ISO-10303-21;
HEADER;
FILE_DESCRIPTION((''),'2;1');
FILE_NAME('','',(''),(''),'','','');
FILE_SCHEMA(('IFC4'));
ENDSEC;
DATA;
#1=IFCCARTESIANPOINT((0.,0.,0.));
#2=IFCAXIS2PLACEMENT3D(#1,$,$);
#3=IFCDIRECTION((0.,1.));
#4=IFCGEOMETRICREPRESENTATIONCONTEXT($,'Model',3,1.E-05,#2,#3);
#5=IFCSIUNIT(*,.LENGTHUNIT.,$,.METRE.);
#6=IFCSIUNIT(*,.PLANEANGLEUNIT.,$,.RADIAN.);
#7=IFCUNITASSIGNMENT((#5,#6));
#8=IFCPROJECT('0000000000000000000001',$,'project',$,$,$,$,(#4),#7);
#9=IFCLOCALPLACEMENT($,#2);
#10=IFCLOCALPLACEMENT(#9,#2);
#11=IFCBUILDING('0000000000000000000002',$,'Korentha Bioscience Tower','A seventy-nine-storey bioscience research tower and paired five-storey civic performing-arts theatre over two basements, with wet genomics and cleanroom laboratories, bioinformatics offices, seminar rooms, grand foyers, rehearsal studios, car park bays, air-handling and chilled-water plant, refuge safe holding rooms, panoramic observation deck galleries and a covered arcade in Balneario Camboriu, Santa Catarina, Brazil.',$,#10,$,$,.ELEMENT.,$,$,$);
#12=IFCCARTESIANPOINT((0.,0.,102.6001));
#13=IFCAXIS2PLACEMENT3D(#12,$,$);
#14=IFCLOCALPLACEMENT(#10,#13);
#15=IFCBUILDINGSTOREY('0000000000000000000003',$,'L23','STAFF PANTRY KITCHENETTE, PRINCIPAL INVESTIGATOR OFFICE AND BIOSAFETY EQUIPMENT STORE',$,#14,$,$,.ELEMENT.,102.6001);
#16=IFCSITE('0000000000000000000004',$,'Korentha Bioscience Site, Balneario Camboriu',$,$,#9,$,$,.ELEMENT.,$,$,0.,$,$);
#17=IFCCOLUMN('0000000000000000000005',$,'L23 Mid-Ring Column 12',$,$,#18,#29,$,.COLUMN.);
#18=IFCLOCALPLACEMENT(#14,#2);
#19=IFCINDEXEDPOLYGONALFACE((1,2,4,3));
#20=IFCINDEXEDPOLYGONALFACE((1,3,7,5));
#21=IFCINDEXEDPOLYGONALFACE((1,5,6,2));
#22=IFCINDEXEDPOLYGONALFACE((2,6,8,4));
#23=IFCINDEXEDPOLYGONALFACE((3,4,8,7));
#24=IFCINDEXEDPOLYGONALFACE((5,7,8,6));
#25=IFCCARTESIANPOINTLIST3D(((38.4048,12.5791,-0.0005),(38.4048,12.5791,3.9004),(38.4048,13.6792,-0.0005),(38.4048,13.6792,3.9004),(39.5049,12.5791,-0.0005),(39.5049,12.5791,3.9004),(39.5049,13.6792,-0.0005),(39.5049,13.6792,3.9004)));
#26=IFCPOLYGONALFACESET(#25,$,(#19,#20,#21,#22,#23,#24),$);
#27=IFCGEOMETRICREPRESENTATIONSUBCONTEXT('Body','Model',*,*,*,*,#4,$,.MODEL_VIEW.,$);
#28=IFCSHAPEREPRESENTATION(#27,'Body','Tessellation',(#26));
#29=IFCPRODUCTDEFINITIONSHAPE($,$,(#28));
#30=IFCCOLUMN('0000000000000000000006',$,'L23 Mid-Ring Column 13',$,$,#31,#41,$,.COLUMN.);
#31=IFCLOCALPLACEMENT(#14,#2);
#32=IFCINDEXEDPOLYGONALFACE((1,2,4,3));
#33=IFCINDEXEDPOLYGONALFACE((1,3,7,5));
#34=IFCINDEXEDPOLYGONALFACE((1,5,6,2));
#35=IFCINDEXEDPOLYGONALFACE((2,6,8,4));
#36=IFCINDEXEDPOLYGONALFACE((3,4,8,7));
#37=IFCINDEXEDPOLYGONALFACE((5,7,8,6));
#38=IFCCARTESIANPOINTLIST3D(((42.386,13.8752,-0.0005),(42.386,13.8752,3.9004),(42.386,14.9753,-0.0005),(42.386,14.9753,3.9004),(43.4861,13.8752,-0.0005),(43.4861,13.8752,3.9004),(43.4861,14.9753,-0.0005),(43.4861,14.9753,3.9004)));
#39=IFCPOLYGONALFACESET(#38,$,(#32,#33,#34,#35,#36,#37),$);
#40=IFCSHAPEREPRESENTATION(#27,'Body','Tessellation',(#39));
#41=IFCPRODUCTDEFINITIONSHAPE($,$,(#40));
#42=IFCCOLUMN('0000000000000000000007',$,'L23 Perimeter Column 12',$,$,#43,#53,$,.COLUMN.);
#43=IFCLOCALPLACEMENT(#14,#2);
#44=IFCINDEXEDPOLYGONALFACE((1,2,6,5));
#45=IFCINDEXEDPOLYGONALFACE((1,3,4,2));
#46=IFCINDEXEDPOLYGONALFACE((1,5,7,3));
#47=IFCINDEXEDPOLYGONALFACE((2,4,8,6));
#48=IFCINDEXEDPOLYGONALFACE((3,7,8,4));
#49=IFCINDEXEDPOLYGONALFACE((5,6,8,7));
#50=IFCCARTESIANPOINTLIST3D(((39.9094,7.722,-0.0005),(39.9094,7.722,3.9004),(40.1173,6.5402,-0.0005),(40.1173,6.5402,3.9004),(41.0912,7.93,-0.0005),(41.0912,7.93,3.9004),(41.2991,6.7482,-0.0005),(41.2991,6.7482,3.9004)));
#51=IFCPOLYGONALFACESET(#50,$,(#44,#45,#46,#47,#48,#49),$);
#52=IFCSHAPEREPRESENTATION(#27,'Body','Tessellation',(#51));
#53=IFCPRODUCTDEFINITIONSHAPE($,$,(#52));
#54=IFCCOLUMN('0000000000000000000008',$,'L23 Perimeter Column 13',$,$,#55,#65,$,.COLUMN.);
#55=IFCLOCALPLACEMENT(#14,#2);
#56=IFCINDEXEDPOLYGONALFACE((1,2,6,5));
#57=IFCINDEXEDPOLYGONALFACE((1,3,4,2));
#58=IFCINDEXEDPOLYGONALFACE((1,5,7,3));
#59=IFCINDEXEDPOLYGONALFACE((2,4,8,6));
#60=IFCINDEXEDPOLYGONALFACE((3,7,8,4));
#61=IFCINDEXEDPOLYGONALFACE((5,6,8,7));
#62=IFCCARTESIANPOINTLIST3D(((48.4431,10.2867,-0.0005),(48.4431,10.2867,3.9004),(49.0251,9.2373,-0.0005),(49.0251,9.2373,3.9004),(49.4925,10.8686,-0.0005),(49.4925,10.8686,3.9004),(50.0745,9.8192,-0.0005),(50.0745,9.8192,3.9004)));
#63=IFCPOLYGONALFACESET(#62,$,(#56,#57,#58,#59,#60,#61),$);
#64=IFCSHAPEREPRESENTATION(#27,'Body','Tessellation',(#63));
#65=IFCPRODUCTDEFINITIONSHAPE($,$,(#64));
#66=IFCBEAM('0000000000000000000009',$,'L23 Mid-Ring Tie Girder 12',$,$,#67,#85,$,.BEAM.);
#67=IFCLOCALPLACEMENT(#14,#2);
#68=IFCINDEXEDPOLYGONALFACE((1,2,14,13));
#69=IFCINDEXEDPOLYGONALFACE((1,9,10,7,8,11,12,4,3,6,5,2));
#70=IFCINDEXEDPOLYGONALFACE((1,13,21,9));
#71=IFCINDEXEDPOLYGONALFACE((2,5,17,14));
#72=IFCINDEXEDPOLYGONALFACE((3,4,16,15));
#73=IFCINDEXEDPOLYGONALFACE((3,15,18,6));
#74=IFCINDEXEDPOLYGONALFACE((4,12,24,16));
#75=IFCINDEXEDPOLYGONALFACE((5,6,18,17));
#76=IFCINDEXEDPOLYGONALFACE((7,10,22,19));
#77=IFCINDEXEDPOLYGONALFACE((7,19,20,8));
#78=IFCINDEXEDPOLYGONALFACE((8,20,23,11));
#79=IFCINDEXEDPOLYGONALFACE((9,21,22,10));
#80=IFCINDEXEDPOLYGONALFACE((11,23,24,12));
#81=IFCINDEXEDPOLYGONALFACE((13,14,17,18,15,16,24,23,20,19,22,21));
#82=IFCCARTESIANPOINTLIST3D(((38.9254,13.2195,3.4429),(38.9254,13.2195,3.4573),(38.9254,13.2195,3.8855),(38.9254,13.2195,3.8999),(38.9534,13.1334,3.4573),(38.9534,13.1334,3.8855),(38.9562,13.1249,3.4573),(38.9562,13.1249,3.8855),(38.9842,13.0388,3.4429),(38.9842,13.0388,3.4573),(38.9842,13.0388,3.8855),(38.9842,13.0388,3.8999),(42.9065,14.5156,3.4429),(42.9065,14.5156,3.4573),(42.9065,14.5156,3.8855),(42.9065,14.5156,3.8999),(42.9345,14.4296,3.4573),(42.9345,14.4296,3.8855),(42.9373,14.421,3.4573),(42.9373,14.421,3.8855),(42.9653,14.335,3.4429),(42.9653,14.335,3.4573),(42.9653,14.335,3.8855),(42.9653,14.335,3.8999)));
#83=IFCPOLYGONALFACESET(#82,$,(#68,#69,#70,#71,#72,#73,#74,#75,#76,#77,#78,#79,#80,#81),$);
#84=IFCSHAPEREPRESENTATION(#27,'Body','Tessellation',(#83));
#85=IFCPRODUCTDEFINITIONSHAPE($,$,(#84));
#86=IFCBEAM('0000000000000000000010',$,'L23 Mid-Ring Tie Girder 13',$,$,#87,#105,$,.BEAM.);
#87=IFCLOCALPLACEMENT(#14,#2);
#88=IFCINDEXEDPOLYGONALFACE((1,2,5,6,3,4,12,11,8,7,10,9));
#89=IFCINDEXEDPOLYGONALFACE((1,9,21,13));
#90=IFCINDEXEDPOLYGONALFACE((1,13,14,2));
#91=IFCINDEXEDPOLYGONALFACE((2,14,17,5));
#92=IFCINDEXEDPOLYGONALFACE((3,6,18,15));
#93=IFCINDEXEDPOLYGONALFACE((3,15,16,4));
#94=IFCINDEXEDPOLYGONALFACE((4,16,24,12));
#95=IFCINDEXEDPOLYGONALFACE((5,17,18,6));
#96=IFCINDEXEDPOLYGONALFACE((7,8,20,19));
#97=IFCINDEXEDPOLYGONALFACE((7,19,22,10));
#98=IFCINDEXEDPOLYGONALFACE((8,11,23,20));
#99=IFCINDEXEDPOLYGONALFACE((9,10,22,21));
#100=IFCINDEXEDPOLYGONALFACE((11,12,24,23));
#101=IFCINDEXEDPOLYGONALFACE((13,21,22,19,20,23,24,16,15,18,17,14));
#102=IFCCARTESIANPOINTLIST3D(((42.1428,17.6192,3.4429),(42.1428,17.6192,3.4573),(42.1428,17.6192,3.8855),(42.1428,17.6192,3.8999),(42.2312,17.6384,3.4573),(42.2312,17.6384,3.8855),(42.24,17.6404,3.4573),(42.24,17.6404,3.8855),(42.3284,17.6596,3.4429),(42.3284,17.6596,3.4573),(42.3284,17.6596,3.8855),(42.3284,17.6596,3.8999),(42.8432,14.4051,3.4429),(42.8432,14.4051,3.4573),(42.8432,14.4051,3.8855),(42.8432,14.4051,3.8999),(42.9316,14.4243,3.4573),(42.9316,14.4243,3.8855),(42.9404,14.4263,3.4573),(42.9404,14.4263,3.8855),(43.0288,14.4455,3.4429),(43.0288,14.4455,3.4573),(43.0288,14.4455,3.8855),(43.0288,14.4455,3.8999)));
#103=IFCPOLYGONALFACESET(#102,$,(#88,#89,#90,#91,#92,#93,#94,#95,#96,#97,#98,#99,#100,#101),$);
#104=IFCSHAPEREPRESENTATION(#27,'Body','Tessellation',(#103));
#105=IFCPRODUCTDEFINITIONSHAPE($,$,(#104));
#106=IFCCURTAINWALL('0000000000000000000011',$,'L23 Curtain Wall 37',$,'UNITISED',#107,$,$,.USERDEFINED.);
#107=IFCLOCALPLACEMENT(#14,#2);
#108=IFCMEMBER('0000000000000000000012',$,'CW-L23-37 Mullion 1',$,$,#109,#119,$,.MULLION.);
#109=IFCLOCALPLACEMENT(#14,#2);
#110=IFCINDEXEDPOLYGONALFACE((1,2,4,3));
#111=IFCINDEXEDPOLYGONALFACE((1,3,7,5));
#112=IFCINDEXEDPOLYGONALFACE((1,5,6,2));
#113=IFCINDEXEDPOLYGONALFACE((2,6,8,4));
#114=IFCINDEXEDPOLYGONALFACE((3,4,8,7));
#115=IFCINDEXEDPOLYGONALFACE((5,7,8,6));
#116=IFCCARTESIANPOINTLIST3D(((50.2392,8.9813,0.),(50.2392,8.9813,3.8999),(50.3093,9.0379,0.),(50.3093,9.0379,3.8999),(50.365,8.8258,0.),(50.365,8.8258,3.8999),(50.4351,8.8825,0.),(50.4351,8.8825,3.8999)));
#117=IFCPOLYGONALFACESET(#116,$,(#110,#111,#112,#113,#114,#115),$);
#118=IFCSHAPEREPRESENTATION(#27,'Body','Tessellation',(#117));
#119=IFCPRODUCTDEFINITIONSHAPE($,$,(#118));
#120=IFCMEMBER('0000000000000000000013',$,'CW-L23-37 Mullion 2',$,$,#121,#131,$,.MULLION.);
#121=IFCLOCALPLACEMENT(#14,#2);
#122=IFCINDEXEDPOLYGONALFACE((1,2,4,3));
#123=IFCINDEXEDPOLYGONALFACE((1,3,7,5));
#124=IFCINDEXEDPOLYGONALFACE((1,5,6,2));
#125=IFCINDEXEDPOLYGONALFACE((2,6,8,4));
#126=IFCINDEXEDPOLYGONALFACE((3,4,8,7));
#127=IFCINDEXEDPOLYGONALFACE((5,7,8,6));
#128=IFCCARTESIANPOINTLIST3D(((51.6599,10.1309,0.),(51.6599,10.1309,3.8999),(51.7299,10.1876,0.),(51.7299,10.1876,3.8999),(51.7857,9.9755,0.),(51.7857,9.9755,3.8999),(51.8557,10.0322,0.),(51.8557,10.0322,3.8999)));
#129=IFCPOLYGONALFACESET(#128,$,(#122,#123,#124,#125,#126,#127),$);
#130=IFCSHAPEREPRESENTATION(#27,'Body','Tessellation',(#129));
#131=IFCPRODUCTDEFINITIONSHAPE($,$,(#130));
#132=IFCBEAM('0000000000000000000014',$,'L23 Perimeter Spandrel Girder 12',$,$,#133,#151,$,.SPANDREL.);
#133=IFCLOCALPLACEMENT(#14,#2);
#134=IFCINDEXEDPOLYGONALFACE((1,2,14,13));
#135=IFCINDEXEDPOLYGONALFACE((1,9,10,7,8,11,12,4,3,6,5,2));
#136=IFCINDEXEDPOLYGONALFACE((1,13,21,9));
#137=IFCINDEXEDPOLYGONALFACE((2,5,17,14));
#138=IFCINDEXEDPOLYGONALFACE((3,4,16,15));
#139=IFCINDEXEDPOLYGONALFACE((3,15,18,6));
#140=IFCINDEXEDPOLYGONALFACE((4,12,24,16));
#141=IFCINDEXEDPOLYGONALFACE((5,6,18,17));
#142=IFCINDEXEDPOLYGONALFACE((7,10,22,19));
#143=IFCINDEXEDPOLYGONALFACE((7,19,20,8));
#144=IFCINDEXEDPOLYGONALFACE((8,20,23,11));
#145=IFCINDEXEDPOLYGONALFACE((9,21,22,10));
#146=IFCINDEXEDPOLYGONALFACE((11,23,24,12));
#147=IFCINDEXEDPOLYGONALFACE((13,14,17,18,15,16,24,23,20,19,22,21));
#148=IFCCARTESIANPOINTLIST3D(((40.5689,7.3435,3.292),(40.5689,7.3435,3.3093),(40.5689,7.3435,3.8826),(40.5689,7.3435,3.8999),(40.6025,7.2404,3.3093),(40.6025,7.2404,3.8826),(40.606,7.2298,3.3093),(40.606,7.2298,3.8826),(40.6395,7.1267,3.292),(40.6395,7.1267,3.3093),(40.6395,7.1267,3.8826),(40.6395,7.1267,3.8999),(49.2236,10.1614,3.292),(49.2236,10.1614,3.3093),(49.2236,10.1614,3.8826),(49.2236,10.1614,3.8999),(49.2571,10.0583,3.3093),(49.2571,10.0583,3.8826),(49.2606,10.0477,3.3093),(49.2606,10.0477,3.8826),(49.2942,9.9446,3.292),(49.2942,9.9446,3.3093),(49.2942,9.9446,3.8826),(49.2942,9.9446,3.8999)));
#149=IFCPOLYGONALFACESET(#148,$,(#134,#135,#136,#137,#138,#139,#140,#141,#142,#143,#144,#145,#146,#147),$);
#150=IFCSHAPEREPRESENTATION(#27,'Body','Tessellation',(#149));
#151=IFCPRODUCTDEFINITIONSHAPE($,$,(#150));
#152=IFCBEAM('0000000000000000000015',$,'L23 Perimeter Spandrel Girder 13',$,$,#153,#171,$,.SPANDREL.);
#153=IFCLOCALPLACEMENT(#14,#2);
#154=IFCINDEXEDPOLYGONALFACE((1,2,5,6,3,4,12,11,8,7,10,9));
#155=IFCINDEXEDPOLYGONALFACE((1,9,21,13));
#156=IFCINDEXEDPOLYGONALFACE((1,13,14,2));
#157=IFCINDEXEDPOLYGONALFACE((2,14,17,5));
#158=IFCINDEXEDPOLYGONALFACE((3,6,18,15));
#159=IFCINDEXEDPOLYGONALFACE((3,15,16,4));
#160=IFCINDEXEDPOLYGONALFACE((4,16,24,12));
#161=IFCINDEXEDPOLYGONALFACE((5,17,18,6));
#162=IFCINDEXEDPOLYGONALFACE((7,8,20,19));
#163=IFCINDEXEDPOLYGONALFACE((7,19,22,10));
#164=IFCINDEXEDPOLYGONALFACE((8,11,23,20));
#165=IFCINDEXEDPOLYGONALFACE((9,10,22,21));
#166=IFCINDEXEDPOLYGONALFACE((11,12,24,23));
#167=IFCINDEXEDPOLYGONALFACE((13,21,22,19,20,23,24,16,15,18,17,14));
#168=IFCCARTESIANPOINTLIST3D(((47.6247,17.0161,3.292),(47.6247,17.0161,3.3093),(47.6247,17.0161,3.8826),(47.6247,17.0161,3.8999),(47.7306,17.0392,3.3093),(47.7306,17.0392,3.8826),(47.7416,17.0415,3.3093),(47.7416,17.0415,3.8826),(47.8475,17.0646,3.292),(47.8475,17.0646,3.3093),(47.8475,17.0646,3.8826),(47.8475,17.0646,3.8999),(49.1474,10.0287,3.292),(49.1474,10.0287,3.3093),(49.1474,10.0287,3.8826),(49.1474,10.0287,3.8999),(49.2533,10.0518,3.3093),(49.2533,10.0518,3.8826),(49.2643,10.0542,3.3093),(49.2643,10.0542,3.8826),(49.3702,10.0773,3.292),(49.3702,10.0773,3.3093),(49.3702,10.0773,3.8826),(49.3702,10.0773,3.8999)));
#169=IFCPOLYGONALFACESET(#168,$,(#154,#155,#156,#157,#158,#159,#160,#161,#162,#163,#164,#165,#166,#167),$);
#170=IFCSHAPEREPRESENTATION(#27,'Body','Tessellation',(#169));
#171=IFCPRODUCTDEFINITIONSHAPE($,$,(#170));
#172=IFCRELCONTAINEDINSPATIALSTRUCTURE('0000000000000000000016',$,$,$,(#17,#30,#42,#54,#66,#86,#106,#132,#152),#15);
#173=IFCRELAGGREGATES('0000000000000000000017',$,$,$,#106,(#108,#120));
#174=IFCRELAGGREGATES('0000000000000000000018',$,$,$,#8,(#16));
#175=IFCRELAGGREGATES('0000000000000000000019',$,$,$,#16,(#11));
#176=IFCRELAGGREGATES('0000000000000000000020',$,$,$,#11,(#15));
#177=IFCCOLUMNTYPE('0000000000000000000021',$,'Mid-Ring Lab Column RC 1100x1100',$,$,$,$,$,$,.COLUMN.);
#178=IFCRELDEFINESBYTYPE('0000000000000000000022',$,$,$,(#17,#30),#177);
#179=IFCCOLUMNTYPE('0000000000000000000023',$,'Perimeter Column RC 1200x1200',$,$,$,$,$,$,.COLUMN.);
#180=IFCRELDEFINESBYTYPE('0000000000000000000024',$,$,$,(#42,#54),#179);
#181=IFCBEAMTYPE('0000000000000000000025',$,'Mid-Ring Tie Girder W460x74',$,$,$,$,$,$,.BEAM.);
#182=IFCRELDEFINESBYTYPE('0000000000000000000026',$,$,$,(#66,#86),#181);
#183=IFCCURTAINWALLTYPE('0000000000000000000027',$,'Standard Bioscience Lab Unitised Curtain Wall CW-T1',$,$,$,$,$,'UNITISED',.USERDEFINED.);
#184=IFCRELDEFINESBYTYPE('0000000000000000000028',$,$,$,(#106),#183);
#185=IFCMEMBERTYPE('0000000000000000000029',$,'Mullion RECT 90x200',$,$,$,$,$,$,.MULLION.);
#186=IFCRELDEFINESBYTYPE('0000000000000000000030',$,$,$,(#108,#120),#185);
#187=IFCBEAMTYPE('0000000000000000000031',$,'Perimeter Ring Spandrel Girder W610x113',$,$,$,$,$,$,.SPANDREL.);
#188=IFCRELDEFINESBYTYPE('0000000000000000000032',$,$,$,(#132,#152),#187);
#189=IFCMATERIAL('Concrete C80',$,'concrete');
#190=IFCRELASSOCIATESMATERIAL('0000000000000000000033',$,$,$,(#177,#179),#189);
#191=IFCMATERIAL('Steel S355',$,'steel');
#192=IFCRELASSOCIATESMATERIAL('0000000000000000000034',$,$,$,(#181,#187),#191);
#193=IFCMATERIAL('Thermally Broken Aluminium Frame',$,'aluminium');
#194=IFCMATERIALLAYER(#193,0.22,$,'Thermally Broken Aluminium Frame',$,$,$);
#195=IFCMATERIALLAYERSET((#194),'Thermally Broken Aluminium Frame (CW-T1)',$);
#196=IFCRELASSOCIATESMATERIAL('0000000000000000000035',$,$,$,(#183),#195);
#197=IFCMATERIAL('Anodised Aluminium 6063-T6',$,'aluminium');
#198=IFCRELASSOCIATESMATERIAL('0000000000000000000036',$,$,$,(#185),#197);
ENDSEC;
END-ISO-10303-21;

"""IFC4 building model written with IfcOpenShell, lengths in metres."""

from ifc_helpers import new_model, si_unit, direction, frame, origin, origin_2d, place, context, subcontext, project, spatial, rectangle, i_section, extrude, material, layer, layer_set, material_profile, profile_set, type_object, element, aggregate, save


model = new_model("IFC4")

# Units and contexts
model_context = context("Model", 3, precision=1e-05, world=origin(), true_north=direction((0.0, 1.0)))
body_context = subcontext(model_context, "Body", "Model", "MODEL_VIEW")
ifc_project = project(units=[si_unit("LENGTHUNIT", "METRE"), si_unit("PLANEANGLEUNIT", "RADIAN")], contexts=[model_context])

# Site, building, storey
site_placement = place(None, origin())
site = spatial("IfcSite", under=ifc_project, at=site_placement, Name="Korentha Bioscience Site, Balneario Camboriu", CompositionType="ELEMENT", RefElevation=0.0)
building_placement = place(site_placement, origin())
building = spatial("IfcBuilding", under=site, at=building_placement, Name="Korentha Bioscience Tower", Description="A seventy-nine-storey bioscience research tower and paired five-storey civic performing-arts theatre over two basements, with wet genomics and cleanroom laboratories, bioinformatics offices, seminar rooms, grand foyers, rehearsal studios, car park bays, air-handling and chilled-water plant, refuge safe holding rooms, panoramic observation deck galleries and a covered arcade in Balneario Camboriu, Santa Catarina, Brazil.", CompositionType="ELEMENT")
storey_placement = place(building_placement, frame((0.0, 0.0, 102.6001)))
storey = spatial("IfcBuildingStorey", under=building, at=storey_placement, Name="L23", Description="STAFF PANTRY KITCHENETTE, PRINCIPAL INVESTIGATOR OFFICE AND BIOSAFETY EQUIPMENT STORE", CompositionType="ELEMENT", Elevation=102.6001)

# Columns
ifc_material_1 = material(Name="Concrete C80", Category="concrete")
ifc_material_profile_1 = material_profile(ifc_material_1, rectangle(XDim=1.1001, YDim=1.1001, at=origin_2d()), Name="Concrete C80")
ifc_profile_set_1 = profile_set([ifc_material_profile_1], Name="Concrete C80 (COL-MR11)")
column_type_1 = type_object("IfcColumnType", Name="Mid-Ring Lab Column RC 1100x1100", PredefinedType="COLUMN", material=ifc_profile_set_1)
for number, where, z_axis, x_axis, name in (
    (1, (38.9548, 13.1292, -0.0005), (0.0, 0.0, 1.0), (1.0, 0.0, 0.0), "L23 Mid-Ring Column 12"),
    (2, (42.936, 14.4253, -0.0005), (0.0, 0.0, 1.0), (1.0, 0.0, 0.0), "L23 Mid-Ring Column 13"),
):
    element("IfcColumn", number, at=place(storey_placement, frame(where, z_axis=z_axis, x_axis=x_axis)), inside=storey, type_object=column_type_1, Name=name, PredefinedType="COLUMN", context=body_context, shape_type="SweptSolid", body=[
        extrude(rectangle(XDim=1.1001, YDim=1.1001, at=origin_2d()), origin(), (0.0, 0.0, 1.0), 3.9009),
    ])
ifc_material_profile_2 = material_profile(ifc_material_1, rectangle(XDim=1.2, YDim=1.2, at=origin_2d()), Name="Concrete C80")
ifc_profile_set_2 = profile_set([ifc_material_profile_2], Name="Concrete C80 (COL-P12)")
column_type_2 = type_object("IfcColumnType", Name="Perimeter Column RC 1200x1200", PredefinedType="COLUMN", material=ifc_profile_set_2)
for number, where, z_axis, x_axis, name in (
    (3, (40.6042, 7.2351, -0.0005), (0.0, 0.0, 1.0), (0.984868, 0.173304, 0.0), "L23 Perimeter Column 12"),
    (4, (49.2588, 10.053, -0.0005), (0.0, 0.0, 1.0), (0.874535, 0.484962, 0.0), "L23 Perimeter Column 13"),
):
    element("IfcColumn", number, at=place(storey_placement, frame(where, z_axis=z_axis, x_axis=x_axis)), inside=storey, type_object=column_type_2, Name=name, PredefinedType="COLUMN", context=body_context, shape_type="SweptSolid", body=[
        extrude(rectangle(XDim=1.2, YDim=1.2, at=origin_2d()), origin(), (0.0, 0.0, 1.0), 3.9009),
    ])

# Beams
ifc_material_2 = material(Name="Steel S355", Category="steel")
ifc_material_profile_3 = material_profile(ifc_material_2, i_section(OverallWidth=0.1899, OverallDepth=0.457, WebThickness=0.009, FlangeThickness=0.0144, at=origin_2d()), Name="Steel S355")
ifc_profile_set_3 = profile_set([ifc_material_profile_3], Name="Steel S355 (MB-460)")
beam_type_1 = type_object("IfcBeamType", Name="Mid-Ring Tie Girder W460x74", PredefinedType="BEAM", material=ifc_profile_set_3)
beam_1_placement = place(storey_placement, frame((38.9548, 13.1292, 3.6714), z_axis=(0.950876, 0.309573, 0.0), x_axis=(-0.309573, 0.950876, 0.0)))
element("IfcBeam", 5, at=beam_1_placement, inside=storey, type_object=beam_type_1, Name="L23 Mid-Ring Tie Girder 12", PredefinedType="BEAM", context=body_context, shape_type="SweptSolid", body=[
    extrude(i_section(OverallWidth=0.1899, OverallDepth=0.457, WebThickness=0.009, FlangeThickness=0.0144, at=origin_2d()), origin(), (0.0, 0.0, 1.0), 4.1868),
])
beam_2_placement = place(storey_placement, frame((42.936, 14.4253, 3.6714), z_axis=(-0.212929, 0.977068, 0.0), x_axis=(-0.977068, -0.212929, 0.0)))
element("IfcBeam", 6, at=beam_2_placement, inside=storey, type_object=beam_type_1, Name="L23 Mid-Ring Tie Girder 13", PredefinedType="BEAM", context=body_context, shape_type="SweptSolid", body=[
    extrude(i_section(OverallWidth=0.1899, OverallDepth=0.457, WebThickness=0.009, FlangeThickness=0.0144, at=origin_2d()), origin(), (0.0, 0.0, 1.0), 3.2896),
])

# Curtain wall, members
ifc_material_3 = material(Name="Thermally Broken Aluminium Frame", Category="aluminium")
ifc_layer_1 = layer(ifc_material_3, 0.22, Name="Thermally Broken Aluminium Frame")
ifc_layer_set_1 = layer_set([ifc_layer_1], Name="Thermally Broken Aluminium Frame (CW-T1)")
curtain_wall_type = type_object("IfcCurtainWallType", Name="Standard Bioscience Lab Unitised Curtain Wall CW-T1", ElementType="UNITISED", PredefinedType="USERDEFINED", material=ifc_layer_set_1)
curtain_wall_placement = place(storey_placement, origin())
curtain_wall = element("IfcCurtainWall", 7, at=curtain_wall_placement, inside=storey, type_object=curtain_wall_type, Name="L23 Curtain Wall 37", ObjectType="UNITISED", PredefinedType="USERDEFINED")
ifc_material_4 = material(Name="Anodised Aluminium 6063-T6", Category="aluminium")
ifc_material_profile_4 = material_profile(ifc_material_4, rectangle(XDim=0.0901, YDim=0.2, at=origin_2d()), Name="Anodised Aluminium 6063-T6")
ifc_profile_set_4 = profile_set([ifc_material_profile_4], Name="Anodised Aluminium 6063-T6 (CW-MUL)")
member_type_1 = type_object("IfcMemberType", Name="Mullion RECT 90x200", PredefinedType="MULLION", material=ifc_profile_set_4)
member_1_placement = place(storey_placement, frame((50.3372, 8.9319, 0.0), z_axis=(0.0, 0.0, 1.0), x_axis=(0.777315, 0.629111, 0.0)))
member_1 = element("IfcMember", 8, at=member_1_placement, type_object=member_type_1, Name="CW-L23-37 Mullion 1", PredefinedType="MULLION", context=body_context, shape_type="SweptSolid", body=[
    extrude(rectangle(XDim=0.0901, YDim=0.2, at=origin_2d()), origin(), (0.0, 0.0, 1.0), 3.8999),
])
member_2_placement = place(storey_placement, frame((51.7578, 10.0815, 0.0), z_axis=(0.0, 0.0, 1.0), x_axis=(0.777315, 0.629111, 0.0)))
member_2 = element("IfcMember", 9, at=member_2_placement, type_object=member_type_1, Name="CW-L23-37 Mullion 2", PredefinedType="MULLION", context=body_context, shape_type="SweptSolid", body=[
    extrude(rectangle(XDim=0.0901, YDim=0.2, at=origin_2d()), origin(), (0.0, 0.0, 1.0), 3.8999),
])

# Beams
ifc_material_profile_5 = material_profile(ifc_material_2, i_section(OverallWidth=0.228, OverallDepth=0.6079, WebThickness=0.0112, FlangeThickness=0.0173, at=origin_2d()), Name="Steel S355")
ifc_profile_set_5 = profile_set([ifc_material_profile_5], Name="Steel S355 (SB-610)")
beam_type_2 = type_object("IfcBeamType", Name="Perimeter Ring Spandrel Girder W610x113", PredefinedType="SPANDREL", material=ifc_profile_set_5)
beam_3_placement = place(storey_placement, frame((40.6042, 7.2351, 3.5959), z_axis=(0.950868, 0.309597, 0.0), x_axis=(-0.309597, 0.950868, 0.0)))
element("IfcBeam", 10, at=beam_3_placement, inside=storey, type_object=beam_type_2, Name="L23 Perimeter Spandrel Girder 12", PredefinedType="SPANDREL", context=body_context, shape_type="SweptSolid", body=[
    extrude(i_section(OverallWidth=0.228, OverallDepth=0.6079, WebThickness=0.0112, FlangeThickness=0.0173, at=origin_2d()), origin(), (0.0, 0.0, 1.0), 9.1018),
])
beam_4_placement = place(storey_placement, frame((49.2588, 10.053, 3.5959), z_axis=(-0.212927, 0.977068, 0.0), x_axis=(-0.977068, -0.212927, 0.0)))
element("IfcBeam", 11, at=beam_4_placement, inside=storey, type_object=beam_type_2, Name="L23 Perimeter Spandrel Girder 13", PredefinedType="SPANDREL", context=body_context, shape_type="SweptSolid", body=[
    extrude(i_section(OverallWidth=0.228, OverallDepth=0.6079, WebThickness=0.0112, FlangeThickness=0.0173, at=origin_2d()), origin(), (0.0, 0.0, 1.0), 7.1514),
])

aggregate(curtain_wall, [member_1, member_2])

save(model, "model.ifc")
